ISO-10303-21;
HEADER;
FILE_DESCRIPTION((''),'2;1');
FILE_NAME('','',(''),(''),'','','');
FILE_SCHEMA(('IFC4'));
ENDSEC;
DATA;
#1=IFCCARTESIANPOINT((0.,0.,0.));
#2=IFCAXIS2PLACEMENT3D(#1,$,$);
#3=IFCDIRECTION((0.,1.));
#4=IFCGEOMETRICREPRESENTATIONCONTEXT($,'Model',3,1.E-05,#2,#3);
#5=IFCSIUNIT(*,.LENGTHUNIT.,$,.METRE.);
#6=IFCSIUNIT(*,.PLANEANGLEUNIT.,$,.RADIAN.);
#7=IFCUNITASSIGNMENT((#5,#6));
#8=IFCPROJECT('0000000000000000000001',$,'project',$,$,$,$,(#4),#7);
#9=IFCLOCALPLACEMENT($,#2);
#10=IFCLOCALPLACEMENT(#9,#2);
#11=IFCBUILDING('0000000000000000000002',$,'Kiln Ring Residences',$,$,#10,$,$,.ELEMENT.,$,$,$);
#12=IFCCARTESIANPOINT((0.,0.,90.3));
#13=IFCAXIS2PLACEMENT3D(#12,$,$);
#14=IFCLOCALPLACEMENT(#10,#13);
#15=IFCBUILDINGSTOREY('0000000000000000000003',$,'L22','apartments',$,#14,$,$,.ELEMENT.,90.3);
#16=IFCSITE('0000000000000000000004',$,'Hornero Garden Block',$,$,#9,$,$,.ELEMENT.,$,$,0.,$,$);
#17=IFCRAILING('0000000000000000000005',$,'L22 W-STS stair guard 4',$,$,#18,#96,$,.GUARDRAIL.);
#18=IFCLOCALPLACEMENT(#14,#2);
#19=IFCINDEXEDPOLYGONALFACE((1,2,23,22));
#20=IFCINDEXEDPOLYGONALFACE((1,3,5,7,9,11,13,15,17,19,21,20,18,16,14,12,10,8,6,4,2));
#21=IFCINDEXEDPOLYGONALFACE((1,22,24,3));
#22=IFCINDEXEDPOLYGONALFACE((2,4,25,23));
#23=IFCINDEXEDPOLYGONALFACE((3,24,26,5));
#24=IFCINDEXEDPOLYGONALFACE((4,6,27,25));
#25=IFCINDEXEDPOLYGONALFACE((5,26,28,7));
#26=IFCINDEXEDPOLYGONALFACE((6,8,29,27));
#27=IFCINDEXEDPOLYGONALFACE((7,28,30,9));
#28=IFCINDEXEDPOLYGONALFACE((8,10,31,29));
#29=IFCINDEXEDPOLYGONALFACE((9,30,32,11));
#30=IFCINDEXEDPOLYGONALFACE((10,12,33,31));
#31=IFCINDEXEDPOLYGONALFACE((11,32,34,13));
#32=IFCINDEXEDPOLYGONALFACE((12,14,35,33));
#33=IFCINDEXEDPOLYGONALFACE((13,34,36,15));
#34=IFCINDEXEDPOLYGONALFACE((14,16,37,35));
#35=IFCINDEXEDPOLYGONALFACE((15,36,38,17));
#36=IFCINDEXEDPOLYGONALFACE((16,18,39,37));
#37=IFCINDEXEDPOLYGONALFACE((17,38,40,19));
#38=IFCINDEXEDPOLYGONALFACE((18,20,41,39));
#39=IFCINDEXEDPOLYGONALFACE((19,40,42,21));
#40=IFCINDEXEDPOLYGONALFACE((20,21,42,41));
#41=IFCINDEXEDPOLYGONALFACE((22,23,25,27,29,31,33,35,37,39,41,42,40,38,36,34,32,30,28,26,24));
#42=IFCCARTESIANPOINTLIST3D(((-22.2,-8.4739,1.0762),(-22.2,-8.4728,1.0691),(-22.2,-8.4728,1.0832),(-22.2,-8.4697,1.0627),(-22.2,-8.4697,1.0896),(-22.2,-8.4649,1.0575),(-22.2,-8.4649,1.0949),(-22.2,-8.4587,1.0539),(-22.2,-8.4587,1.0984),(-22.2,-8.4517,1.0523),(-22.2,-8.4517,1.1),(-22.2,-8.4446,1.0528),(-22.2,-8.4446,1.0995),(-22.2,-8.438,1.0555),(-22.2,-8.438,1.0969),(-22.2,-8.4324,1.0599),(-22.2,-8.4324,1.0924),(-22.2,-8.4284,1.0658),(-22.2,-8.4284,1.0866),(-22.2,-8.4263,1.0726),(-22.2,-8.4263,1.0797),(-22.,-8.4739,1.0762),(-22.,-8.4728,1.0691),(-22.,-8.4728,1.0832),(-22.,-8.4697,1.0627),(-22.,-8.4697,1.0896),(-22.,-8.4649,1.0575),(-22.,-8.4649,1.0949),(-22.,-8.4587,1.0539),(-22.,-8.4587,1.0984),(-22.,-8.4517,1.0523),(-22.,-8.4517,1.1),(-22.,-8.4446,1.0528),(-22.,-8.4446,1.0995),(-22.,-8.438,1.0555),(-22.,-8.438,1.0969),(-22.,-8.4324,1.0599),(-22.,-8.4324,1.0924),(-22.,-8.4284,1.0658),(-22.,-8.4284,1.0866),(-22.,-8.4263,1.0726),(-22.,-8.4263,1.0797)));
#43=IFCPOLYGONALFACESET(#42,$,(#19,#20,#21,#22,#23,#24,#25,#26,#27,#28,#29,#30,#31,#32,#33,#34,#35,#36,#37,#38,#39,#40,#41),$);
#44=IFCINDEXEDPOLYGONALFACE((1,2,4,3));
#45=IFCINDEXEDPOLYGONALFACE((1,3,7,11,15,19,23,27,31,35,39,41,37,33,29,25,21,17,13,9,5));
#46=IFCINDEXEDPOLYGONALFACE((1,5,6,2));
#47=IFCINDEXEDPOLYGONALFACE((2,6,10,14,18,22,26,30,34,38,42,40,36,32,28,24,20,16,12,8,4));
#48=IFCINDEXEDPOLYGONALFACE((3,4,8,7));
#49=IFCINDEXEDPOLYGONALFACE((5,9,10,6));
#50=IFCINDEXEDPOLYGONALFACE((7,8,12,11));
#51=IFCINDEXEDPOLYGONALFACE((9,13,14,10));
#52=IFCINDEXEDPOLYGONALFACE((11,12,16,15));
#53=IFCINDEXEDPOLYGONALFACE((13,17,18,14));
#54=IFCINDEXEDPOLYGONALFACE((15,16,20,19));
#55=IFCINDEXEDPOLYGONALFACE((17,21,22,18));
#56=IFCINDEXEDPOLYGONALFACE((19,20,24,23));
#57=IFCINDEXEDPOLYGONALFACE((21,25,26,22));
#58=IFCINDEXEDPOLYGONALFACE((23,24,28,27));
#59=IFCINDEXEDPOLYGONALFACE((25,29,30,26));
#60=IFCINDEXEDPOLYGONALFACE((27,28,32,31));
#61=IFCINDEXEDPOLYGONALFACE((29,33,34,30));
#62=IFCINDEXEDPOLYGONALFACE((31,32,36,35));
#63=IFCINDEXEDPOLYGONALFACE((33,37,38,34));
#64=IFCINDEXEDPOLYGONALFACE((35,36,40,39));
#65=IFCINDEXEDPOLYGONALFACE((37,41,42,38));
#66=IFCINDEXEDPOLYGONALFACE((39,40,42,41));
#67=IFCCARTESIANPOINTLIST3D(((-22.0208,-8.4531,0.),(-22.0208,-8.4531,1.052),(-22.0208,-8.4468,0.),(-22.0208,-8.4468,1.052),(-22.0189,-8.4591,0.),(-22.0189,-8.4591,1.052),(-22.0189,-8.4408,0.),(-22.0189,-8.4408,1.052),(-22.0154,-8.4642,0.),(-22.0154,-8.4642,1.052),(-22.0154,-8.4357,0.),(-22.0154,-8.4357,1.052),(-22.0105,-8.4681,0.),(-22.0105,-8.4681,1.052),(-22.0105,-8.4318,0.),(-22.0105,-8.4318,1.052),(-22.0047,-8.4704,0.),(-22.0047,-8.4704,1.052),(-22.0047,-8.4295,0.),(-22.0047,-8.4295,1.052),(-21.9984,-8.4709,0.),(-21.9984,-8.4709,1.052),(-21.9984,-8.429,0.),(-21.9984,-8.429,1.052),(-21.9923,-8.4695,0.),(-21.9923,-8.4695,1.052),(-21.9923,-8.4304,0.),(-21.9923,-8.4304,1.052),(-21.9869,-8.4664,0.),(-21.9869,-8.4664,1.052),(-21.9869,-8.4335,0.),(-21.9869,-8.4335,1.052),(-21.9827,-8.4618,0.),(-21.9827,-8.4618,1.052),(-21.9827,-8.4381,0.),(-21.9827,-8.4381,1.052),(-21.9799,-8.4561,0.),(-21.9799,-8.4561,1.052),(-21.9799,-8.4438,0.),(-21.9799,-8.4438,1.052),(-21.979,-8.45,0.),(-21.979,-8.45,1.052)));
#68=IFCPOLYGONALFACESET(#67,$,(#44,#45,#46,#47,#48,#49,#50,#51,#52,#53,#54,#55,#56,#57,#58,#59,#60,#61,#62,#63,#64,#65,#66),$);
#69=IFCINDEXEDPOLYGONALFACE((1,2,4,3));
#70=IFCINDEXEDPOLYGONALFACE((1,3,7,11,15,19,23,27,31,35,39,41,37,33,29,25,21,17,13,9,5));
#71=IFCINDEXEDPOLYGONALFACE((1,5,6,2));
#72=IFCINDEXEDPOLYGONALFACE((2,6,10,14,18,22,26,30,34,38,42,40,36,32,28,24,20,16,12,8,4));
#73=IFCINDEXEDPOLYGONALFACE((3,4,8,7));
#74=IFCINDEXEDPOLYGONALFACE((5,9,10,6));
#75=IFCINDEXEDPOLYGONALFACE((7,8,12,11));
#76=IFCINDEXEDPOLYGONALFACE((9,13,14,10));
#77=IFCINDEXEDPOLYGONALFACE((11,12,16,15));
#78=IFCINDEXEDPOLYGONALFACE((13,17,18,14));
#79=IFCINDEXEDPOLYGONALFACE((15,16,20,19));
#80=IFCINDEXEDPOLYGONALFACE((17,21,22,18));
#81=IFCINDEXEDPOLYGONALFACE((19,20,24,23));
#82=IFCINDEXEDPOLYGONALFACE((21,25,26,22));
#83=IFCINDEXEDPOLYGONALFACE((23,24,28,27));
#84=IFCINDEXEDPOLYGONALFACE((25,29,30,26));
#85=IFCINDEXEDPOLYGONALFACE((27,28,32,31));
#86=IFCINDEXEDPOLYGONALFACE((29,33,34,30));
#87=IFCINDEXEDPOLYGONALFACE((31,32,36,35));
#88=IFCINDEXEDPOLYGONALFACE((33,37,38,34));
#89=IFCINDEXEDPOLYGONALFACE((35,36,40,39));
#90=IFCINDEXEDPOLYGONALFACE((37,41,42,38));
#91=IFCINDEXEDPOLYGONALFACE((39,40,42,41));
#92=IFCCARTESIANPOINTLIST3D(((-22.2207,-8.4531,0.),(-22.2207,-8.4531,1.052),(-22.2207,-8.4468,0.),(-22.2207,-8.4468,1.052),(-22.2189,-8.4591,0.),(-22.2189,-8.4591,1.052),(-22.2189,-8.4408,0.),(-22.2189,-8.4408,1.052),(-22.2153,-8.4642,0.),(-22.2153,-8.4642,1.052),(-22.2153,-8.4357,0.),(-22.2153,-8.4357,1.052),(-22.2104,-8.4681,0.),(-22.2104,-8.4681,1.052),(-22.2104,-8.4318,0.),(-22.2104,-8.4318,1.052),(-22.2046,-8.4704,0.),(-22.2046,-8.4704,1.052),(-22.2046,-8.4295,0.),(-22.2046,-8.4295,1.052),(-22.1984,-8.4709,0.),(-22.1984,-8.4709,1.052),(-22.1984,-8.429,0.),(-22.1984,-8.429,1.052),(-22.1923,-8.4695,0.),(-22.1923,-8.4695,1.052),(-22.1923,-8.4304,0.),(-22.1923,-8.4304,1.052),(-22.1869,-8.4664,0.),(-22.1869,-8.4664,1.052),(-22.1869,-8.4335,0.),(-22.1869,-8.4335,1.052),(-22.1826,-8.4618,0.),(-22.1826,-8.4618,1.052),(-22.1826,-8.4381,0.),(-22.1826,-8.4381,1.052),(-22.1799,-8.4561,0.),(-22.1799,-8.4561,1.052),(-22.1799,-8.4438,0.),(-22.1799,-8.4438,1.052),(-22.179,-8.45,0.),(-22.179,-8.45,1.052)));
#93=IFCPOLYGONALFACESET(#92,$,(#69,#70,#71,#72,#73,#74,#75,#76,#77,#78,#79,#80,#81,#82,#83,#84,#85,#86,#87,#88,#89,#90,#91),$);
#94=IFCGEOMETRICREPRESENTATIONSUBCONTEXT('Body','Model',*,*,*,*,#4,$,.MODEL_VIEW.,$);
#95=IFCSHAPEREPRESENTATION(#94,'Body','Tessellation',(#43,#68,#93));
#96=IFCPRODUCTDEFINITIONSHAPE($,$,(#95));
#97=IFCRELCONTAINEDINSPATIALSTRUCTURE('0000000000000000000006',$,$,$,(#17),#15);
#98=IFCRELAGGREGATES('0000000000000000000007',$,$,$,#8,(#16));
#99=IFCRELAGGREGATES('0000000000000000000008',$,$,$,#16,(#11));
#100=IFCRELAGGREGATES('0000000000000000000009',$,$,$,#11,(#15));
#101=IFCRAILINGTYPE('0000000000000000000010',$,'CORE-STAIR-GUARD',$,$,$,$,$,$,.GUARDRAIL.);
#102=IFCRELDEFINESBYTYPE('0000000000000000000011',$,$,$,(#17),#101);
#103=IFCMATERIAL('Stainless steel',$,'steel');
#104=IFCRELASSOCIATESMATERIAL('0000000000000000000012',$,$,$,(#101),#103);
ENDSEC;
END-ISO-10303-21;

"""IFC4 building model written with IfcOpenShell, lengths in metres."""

from ifc_helpers import new_model, si_unit, direction, frame, origin, origin_2d, place, context, subcontext, project, spatial, circle, extrude, material, type_object, element, save


model = new_model("IFC4")

# Units and contexts
model_context = context("Model", 3, precision=1e-05, world=origin(), true_north=direction((0.0, 1.0)))
body_context = subcontext(model_context, "Body", "Model", "MODEL_VIEW")
ifc_project = project(units=[si_unit("LENGTHUNIT", "METRE"), si_unit("PLANEANGLEUNIT", "RADIAN")], contexts=[model_context])

# Site, building, storey
site_placement = place(None, origin())
site = spatial("IfcSite", under=ifc_project, at=site_placement, Name="Hornero Garden Block", CompositionType="ELEMENT", RefElevation=0.0)
building_placement = place(site_placement, origin())
building = spatial("IfcBuilding", under=site, at=building_placement, Name="Kiln Ring Residences", CompositionType="ELEMENT")
storey_placement = place(building_placement, frame((0.0, 0.0, 90.3)))
storey = spatial("IfcBuildingStorey", under=building, at=storey_placement, Name="L22", Description="apartments", CompositionType="ELEMENT", Elevation=90.3)

# Railing
ifc_material_1 = material(Name="Stainless steel", Category="steel")
railing_type_1 = type_object("IfcRailingType", Name="CORE-STAIR-GUARD", PredefinedType="GUARDRAIL", material=ifc_material_1)
railing_1_placement = place(storey_placement, frame((-22.0, -8.45, 0.0)))
element("IfcRailing", 1, at=railing_1_placement, inside=storey, type_object=railing_type_1, Name="L22 W-STS stair guard 4", PredefinedType="GUARDRAIL", context=body_context, shape_type="SweptSolid", body=[
    extrude(circle(Radius=0.0239, at=origin_2d()), frame((0.0, 0.0, 1.0762), z_axis=(-1.0, 0.0, 0.0), x_axis=(0.0, -1.0, 0.0)), (0.0, 0.0, 1.0), 0.2),
    extrude(circle(Radius=0.021, at=origin_2d()), origin(), (0.0, 0.0, 1.0), 1.052),
    extrude(circle(Radius=0.021, at=origin_2d()), frame((-0.2, 0.0, 0.0)), (0.0, 0.0, 1.0), 1.052),
])

save(model, "model.ifc")
